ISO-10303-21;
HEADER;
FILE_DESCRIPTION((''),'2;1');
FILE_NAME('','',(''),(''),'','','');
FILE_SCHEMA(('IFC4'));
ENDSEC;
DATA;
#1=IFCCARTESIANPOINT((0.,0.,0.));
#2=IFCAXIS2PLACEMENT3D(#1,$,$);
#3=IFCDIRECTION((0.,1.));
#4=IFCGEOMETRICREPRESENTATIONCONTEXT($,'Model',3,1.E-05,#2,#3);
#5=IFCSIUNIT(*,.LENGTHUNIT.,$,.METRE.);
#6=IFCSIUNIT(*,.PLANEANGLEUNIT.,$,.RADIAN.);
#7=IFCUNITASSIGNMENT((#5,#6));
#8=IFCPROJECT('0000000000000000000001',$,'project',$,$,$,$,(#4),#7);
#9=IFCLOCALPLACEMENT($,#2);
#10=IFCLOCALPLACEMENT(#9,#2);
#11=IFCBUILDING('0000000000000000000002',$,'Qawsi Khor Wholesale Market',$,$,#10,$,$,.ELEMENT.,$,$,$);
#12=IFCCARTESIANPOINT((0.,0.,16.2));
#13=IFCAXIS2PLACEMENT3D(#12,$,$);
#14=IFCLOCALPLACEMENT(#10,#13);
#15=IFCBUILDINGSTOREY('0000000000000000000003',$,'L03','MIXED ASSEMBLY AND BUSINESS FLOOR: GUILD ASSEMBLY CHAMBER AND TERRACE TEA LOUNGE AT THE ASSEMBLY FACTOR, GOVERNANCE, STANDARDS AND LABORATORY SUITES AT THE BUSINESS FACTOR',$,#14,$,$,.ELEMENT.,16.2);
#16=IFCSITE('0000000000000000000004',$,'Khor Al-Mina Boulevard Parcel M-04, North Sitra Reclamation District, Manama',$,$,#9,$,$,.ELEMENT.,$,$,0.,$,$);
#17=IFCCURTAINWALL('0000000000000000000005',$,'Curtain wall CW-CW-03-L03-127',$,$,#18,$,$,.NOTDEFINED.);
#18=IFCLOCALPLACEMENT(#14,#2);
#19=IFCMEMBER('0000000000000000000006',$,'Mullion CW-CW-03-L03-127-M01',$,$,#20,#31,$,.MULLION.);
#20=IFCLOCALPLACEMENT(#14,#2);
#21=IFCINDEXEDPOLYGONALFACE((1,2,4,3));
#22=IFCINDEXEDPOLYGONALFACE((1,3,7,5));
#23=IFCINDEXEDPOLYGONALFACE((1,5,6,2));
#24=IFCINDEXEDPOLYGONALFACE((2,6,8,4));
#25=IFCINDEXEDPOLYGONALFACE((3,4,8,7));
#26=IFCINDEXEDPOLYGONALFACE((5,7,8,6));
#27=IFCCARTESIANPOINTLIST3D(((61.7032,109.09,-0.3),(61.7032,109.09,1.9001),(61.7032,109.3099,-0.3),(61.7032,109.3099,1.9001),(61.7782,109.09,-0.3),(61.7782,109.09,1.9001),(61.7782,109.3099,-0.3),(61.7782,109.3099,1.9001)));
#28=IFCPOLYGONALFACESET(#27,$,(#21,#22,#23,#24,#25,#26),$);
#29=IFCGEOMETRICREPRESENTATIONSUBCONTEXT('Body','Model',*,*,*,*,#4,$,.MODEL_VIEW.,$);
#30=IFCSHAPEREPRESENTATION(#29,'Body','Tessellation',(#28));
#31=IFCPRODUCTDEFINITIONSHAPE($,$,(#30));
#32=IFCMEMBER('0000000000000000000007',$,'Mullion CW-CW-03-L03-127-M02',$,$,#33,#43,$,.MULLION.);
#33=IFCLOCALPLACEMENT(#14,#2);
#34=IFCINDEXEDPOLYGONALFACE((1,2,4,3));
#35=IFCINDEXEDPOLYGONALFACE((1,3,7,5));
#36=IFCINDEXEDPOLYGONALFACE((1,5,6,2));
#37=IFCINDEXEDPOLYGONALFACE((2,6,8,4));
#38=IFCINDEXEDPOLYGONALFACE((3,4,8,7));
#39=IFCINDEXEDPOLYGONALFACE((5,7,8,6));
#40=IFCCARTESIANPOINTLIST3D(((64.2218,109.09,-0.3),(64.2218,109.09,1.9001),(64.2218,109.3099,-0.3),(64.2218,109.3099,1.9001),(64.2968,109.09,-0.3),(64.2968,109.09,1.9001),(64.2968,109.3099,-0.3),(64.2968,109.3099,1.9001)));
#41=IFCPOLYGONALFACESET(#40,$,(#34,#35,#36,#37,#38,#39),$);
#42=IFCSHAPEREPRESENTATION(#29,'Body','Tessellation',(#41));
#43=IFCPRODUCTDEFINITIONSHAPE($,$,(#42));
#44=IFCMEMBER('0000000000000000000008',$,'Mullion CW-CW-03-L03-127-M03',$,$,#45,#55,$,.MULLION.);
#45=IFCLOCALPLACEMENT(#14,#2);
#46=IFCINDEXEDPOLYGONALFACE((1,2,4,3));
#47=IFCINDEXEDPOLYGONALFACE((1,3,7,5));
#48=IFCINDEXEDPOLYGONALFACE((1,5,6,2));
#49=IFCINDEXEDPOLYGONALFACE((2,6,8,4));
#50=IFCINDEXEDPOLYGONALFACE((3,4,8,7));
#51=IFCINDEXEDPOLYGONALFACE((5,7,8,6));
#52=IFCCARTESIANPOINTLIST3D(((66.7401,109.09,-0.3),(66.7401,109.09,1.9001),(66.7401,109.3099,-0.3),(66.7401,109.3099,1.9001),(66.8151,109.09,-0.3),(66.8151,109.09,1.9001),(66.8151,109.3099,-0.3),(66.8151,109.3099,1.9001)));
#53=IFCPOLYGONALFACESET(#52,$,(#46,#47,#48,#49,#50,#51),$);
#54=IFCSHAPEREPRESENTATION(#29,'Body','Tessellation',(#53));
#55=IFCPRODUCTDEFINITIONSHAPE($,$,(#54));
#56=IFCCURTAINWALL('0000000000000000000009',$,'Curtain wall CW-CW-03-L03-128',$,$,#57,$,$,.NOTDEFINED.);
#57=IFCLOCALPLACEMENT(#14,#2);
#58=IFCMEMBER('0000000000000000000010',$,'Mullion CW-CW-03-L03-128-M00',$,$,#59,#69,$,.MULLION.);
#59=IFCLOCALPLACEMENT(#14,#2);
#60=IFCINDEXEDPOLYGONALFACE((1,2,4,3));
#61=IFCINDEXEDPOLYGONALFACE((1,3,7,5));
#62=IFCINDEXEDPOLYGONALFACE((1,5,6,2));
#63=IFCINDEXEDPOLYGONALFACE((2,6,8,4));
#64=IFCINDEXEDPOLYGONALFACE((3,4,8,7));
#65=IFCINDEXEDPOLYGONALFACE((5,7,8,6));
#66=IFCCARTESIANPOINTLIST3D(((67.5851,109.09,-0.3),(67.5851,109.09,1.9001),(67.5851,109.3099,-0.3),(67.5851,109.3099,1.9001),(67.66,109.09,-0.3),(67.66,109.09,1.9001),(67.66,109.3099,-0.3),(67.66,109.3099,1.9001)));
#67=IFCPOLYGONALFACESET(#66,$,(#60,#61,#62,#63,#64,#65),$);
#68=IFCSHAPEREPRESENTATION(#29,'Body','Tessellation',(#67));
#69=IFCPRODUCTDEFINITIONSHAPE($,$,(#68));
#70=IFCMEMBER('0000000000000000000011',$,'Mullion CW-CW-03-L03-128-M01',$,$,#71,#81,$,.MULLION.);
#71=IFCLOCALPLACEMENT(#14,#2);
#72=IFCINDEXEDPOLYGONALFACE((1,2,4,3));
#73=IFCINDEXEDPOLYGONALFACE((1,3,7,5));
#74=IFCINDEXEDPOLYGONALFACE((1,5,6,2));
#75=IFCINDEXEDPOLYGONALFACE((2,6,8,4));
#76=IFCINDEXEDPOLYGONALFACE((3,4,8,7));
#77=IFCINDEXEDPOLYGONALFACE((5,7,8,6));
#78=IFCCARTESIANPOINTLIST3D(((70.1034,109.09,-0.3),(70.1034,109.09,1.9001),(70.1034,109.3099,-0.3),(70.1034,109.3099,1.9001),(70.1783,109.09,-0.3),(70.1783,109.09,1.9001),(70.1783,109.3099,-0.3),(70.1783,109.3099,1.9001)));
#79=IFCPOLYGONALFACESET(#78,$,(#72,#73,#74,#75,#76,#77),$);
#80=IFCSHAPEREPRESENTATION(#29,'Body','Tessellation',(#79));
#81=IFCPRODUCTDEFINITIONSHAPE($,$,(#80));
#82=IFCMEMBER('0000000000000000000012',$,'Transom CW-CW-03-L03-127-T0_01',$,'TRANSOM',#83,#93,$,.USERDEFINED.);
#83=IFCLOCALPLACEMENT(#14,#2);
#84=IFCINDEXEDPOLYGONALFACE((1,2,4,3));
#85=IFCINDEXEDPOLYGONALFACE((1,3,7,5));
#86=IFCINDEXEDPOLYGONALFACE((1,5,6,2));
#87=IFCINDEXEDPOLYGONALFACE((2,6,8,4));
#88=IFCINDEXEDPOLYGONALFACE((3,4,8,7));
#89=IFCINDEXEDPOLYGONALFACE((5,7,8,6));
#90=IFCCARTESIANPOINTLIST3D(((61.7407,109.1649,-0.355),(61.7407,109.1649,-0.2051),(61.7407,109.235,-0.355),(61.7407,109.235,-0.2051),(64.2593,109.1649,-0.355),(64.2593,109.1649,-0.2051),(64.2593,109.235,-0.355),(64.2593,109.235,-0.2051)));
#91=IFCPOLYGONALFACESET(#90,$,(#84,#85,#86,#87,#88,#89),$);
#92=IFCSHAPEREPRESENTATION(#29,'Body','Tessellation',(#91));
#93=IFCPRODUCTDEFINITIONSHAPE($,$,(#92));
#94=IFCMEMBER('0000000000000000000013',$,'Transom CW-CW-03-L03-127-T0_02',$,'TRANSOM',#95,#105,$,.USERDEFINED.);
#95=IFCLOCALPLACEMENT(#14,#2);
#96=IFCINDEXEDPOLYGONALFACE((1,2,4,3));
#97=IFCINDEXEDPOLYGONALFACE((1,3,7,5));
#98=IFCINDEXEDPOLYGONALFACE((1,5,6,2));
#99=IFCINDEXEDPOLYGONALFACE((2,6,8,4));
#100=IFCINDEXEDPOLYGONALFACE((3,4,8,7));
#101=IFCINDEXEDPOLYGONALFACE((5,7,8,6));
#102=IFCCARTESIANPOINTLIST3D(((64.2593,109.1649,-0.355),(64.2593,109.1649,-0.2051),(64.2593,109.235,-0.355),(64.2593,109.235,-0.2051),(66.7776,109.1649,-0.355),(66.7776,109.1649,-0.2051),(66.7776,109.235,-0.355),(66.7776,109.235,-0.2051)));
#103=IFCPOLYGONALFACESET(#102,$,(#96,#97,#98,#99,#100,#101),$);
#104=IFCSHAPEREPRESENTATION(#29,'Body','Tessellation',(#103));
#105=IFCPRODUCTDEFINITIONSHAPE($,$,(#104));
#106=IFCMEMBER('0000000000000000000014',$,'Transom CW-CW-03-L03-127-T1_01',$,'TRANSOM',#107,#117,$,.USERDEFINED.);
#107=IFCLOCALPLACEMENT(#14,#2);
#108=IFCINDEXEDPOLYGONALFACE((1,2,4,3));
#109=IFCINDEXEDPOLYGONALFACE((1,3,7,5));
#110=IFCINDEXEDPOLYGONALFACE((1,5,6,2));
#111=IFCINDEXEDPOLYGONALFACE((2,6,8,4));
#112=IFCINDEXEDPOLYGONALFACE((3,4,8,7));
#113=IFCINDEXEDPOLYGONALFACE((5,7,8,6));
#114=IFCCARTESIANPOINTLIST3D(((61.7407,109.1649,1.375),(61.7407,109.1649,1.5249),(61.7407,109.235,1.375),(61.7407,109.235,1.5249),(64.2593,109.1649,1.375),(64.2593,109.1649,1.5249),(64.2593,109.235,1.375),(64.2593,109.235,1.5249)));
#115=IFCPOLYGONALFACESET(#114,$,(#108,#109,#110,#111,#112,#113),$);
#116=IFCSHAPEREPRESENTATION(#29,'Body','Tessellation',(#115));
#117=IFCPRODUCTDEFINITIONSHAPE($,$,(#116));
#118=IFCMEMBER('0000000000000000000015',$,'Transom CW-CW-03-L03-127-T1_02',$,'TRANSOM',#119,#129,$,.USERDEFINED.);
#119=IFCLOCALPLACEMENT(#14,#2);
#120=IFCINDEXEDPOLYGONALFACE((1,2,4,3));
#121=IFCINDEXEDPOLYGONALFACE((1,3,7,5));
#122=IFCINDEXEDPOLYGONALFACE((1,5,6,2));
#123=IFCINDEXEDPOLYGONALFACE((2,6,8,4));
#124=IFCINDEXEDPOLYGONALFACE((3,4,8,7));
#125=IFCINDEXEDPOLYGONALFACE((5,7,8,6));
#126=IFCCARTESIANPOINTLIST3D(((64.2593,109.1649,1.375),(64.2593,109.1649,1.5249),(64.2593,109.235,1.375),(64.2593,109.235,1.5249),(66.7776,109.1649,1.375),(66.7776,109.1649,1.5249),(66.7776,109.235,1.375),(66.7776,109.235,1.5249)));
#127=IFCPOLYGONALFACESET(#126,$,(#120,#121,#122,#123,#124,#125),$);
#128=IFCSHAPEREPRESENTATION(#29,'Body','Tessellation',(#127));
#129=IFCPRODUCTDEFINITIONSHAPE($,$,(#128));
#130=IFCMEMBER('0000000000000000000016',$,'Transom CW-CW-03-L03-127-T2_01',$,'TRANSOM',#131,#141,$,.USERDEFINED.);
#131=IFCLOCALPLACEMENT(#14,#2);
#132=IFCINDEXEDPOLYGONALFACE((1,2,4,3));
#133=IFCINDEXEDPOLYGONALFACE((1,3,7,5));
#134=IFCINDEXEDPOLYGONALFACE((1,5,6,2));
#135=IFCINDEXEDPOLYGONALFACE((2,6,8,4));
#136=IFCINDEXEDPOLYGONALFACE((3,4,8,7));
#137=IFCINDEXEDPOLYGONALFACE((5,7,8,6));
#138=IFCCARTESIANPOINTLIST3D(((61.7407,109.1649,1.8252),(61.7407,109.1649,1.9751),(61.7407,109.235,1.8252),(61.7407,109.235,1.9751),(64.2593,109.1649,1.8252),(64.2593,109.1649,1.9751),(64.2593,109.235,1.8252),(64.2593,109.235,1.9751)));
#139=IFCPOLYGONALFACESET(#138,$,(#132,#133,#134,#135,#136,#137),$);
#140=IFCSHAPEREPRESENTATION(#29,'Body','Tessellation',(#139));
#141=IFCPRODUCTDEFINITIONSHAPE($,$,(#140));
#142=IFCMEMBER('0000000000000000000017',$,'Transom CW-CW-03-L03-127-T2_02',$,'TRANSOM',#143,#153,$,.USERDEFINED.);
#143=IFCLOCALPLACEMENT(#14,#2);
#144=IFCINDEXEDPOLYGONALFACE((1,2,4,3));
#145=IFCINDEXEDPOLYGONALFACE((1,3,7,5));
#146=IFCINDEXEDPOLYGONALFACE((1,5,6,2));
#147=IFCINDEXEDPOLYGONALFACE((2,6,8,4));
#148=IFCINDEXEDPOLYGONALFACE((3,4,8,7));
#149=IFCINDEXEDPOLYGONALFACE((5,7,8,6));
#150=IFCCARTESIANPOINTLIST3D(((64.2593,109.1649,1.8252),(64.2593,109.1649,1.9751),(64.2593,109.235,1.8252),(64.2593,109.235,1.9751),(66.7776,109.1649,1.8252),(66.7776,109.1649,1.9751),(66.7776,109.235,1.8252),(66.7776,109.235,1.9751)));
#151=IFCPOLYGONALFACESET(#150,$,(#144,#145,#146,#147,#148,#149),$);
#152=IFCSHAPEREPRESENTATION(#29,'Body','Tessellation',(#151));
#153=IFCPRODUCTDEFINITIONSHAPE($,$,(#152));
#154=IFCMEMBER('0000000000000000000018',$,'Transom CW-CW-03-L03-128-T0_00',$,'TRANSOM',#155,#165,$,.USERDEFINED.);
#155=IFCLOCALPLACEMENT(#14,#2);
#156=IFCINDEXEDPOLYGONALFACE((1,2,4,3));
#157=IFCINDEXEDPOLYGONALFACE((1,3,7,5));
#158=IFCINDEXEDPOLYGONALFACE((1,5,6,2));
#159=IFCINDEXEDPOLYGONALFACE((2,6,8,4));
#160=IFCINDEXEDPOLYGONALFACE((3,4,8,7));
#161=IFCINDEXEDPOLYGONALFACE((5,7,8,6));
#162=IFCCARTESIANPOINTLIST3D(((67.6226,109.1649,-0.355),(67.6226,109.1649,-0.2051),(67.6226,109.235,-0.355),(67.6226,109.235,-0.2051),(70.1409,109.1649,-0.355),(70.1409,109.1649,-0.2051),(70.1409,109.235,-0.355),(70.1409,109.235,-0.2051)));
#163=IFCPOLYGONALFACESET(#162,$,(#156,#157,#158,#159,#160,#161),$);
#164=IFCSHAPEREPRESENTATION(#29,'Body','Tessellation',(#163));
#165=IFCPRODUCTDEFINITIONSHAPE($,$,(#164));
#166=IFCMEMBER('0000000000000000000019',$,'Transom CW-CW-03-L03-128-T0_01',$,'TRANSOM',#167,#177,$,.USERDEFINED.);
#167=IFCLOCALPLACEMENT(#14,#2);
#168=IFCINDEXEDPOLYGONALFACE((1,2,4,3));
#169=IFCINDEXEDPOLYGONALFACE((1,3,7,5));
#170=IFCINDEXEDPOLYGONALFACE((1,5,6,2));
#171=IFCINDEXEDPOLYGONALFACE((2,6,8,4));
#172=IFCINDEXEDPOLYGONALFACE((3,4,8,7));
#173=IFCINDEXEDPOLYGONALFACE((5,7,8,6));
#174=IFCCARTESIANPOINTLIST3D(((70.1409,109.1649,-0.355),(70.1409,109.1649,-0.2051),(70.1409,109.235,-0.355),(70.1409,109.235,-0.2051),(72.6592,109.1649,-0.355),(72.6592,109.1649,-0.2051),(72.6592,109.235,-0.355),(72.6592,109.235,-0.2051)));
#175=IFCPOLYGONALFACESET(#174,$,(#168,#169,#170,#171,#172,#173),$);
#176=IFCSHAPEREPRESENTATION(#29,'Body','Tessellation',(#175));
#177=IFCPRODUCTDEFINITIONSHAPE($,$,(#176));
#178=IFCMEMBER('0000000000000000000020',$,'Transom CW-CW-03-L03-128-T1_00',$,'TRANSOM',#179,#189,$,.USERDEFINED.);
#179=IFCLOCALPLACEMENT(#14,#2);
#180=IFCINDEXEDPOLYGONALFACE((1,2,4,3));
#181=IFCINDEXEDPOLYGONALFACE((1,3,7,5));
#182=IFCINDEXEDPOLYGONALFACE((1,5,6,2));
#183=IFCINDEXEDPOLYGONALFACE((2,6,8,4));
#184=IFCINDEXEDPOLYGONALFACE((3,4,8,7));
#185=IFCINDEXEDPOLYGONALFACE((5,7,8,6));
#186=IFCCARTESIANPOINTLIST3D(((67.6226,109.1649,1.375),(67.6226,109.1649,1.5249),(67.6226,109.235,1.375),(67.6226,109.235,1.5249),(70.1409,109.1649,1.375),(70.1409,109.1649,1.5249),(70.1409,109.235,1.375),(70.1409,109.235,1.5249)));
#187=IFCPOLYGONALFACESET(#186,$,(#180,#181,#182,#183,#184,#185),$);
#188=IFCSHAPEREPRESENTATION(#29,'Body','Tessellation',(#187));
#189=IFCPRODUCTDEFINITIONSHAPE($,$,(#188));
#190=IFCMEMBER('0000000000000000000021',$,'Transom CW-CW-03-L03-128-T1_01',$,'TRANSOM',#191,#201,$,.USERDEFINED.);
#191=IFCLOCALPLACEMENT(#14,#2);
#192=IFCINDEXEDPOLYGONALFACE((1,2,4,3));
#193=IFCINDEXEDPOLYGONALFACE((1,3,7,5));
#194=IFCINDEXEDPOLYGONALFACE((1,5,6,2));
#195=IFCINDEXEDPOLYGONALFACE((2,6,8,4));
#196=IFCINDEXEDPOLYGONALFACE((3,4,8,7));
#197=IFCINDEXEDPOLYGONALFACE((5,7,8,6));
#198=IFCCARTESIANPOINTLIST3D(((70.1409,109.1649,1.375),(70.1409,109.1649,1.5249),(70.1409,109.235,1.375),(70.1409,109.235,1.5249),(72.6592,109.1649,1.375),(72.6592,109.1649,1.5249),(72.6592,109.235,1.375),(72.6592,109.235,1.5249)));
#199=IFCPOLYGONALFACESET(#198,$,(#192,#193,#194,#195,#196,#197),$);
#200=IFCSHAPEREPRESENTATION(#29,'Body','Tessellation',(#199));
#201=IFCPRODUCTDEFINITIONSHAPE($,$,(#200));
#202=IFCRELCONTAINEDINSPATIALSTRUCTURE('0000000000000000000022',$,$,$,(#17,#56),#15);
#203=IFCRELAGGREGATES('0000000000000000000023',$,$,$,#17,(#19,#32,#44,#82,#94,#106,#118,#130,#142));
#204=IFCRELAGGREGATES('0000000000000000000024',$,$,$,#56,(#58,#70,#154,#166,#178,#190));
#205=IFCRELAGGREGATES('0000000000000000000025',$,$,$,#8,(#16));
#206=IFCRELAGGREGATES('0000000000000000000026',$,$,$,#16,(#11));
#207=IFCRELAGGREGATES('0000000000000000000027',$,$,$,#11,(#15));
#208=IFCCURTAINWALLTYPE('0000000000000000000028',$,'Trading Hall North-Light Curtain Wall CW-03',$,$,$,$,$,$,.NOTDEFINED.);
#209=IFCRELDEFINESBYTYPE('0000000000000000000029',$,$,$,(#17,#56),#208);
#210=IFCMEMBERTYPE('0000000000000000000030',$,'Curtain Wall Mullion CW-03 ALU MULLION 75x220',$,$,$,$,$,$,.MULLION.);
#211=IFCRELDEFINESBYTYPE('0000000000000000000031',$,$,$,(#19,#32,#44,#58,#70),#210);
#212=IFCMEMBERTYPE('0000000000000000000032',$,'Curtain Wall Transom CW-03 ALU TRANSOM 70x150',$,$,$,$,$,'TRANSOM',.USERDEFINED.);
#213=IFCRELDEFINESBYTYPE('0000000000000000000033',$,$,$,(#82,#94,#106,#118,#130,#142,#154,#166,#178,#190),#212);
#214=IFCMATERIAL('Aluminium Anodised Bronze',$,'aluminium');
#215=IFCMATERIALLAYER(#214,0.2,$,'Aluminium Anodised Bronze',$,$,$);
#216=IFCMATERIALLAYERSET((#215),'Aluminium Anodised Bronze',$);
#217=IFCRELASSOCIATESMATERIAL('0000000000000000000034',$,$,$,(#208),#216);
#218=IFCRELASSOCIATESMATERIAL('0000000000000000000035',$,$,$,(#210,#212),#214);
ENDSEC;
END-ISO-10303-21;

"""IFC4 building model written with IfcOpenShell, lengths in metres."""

from ifc_helpers import new_model, si_unit, direction, frame, origin, origin_2d, place, context, subcontext, project, spatial, rectangle, extrude, material, layer, layer_set, material_profile, profile_set, type_object, element, aggregate, save


model = new_model("IFC4")

# Units and contexts
model_context = context("Model", 3, precision=1e-05, world=origin(), true_north=direction((0.0, 1.0)))
body_context = subcontext(model_context, "Body", "Model", "MODEL_VIEW")
ifc_project = project(units=[si_unit("LENGTHUNIT", "METRE"), si_unit("PLANEANGLEUNIT", "RADIAN")], contexts=[model_context])

# Site, building, storey
site_placement = place(None, origin())
site = spatial("IfcSite", under=ifc_project, at=site_placement, Name="Khor Al-Mina Boulevard Parcel M-04, North Sitra Reclamation District, Manama", CompositionType="ELEMENT", RefElevation=0.0)
building_placement = place(site_placement, origin())
building = spatial("IfcBuilding", under=site, at=building_placement, Name="Qawsi Khor Wholesale Market", CompositionType="ELEMENT")
storey_placement = place(building_placement, frame((0.0, 0.0, 16.2)))
storey = spatial("IfcBuildingStorey", under=building, at=storey_placement, Name="L03", Description="MIXED ASSEMBLY AND BUSINESS FLOOR: GUILD ASSEMBLY CHAMBER AND TERRACE TEA LOUNGE AT THE ASSEMBLY FACTOR, GOVERNANCE, STANDARDS AND LABORATORY SUITES AT THE BUSINESS FACTOR", CompositionType="ELEMENT", Elevation=16.2)

# Curtain walls, members
ifc_material_1 = material(Name="Aluminium Anodised Bronze", Category="aluminium")
ifc_layer_1 = layer(ifc_material_1, 0.2, Name="Aluminium Anodised Bronze")
ifc_layer_set_1 = layer_set([ifc_layer_1], Name="Aluminium Anodised Bronze")
curtain_wall_type = type_object("IfcCurtainWallType", Name="Trading Hall North-Light Curtain Wall CW-03", PredefinedType="NOTDEFINED", material=ifc_layer_set_1)
curtain_wall_1_placement = place(storey_placement, origin())
curtain_wall_1 = element("IfcCurtainWall", 1, at=curtain_wall_1_placement, inside=storey, type_object=curtain_wall_type, Name="Curtain wall CW-CW-03-L03-127", PredefinedType="NOTDEFINED")
ifc_material_profile_1 = material_profile(ifc_material_1, rectangle(XDim=0.075, YDim=0.22, at=origin_2d()), Name="ALU MULLION 75x220")
ifc_profile_set_1 = profile_set([ifc_material_profile_1], Name="Aluminium Anodised Bronze")
member_type_1 = type_object("IfcMemberType", Name="Curtain Wall Mullion CW-03 ALU MULLION 75x220", PredefinedType="MULLION", material=ifc_profile_set_1)
member_1_placement = place(storey_placement, frame((61.7407, 109.2, -0.3), z_axis=(0.0, 0.0, 1.0), x_axis=(1.0, 0.0, 0.0)))
member_1 = element("IfcMember", 2, at=member_1_placement, type_object=member_type_1, Name="Mullion CW-CW-03-L03-127-M01", PredefinedType="MULLION", context=body_context, shape_type="SweptSolid", body=[
    extrude(rectangle(XDim=0.075, YDim=0.22, at=origin_2d()), origin(), (0.0, 0.0, 1.0), 2.2002),
])
member_2_placement = place(storey_placement, frame((64.2593, 109.2, -0.3), z_axis=(0.0, 0.0, 1.0), x_axis=(1.0, 0.0, 0.0)))
member_2 = element("IfcMember", 3, at=member_2_placement, type_object=member_type_1, Name="Mullion CW-CW-03-L03-127-M02", PredefinedType="MULLION", context=body_context, shape_type="SweptSolid", body=[
    extrude(rectangle(XDim=0.075, YDim=0.22, at=origin_2d()), origin(), (0.0, 0.0, 1.0), 2.2002),
])
member_3_placement = place(storey_placement, frame((66.7776, 109.2, -0.3), z_axis=(0.0, 0.0, 1.0), x_axis=(1.0, 0.0, 0.0)))
member_3 = element("IfcMember", 4, at=member_3_placement, type_object=member_type_1, Name="Mullion CW-CW-03-L03-127-M03", PredefinedType="MULLION", context=body_context, shape_type="SweptSolid", body=[
    extrude(rectangle(XDim=0.075, YDim=0.22, at=origin_2d()), origin(), (0.0, 0.0, 1.0), 2.2002),
])
curtain_wall_2_placement = place(storey_placement, origin())
curtain_wall_2 = element("IfcCurtainWall", 5, at=curtain_wall_2_placement, inside=storey, type_object=curtain_wall_type, Name="Curtain wall CW-CW-03-L03-128", PredefinedType="NOTDEFINED")
member_4_placement = place(storey_placement, frame((67.6226, 109.2, -0.3), z_axis=(0.0, 0.0, 1.0), x_axis=(1.0, 0.0, 0.0)))
member_4 = element("IfcMember", 6, at=member_4_placement, type_object=member_type_1, Name="Mullion CW-CW-03-L03-128-M00", PredefinedType="MULLION", context=body_context, shape_type="SweptSolid", body=[
    extrude(rectangle(XDim=0.075, YDim=0.22, at=origin_2d()), origin(), (0.0, 0.0, 1.0), 2.2002),
])
member_5_placement = place(storey_placement, frame((70.1409, 109.2, -0.3), z_axis=(0.0, 0.0, 1.0), x_axis=(1.0, 0.0, 0.0)))
member_5 = element("IfcMember", 7, at=member_5_placement, type_object=member_type_1, Name="Mullion CW-CW-03-L03-128-M01", PredefinedType="MULLION", context=body_context, shape_type="SweptSolid", body=[
    extrude(rectangle(XDim=0.075, YDim=0.22, at=origin_2d()), origin(), (0.0, 0.0, 1.0), 2.2002),
])

# Members
ifc_material_profile_2 = material_profile(ifc_material_1, rectangle(XDim=0.0701, YDim=0.1499, at=origin_2d()), Name="ALU TRANSOM 70x150")
ifc_profile_set_2 = profile_set([ifc_material_profile_2], Name="Aluminium Anodised Bronze")
member_type_2 = type_object("IfcMemberType", Name="Curtain Wall Transom CW-03 ALU TRANSOM 70x150", ElementType="TRANSOM", PredefinedType="USERDEFINED", material=ifc_profile_set_2)
member_6_placement = place(storey_placement, frame((61.7407, 109.2, -0.28), z_axis=(1.0, 0.0, 0.0), x_axis=(0.0, 1.0, 0.0)))
member_6 = element("IfcMember", 8, at=member_6_placement, type_object=member_type_2, Name="Transom CW-CW-03-L03-127-T0_01", ObjectType="TRANSOM", PredefinedType="USERDEFINED", context=body_context, shape_type="SweptSolid", body=[
    extrude(rectangle(XDim=0.0701, YDim=0.1499, at=origin_2d()), origin(), (0.0, 0.0, 1.0), 2.5186),
])
member_7_placement = place(storey_placement, frame((64.2593, 109.2, -0.28), z_axis=(1.0, 0.0, 0.0), x_axis=(0.0, 1.0, 0.0)))
member_7 = element("IfcMember", 9, at=member_7_placement, type_object=member_type_2, Name="Transom CW-CW-03-L03-127-T0_02", ObjectType="TRANSOM", PredefinedType="USERDEFINED", context=body_context, shape_type="SweptSolid", body=[
    extrude(rectangle(XDim=0.0701, YDim=0.1499, at=origin_2d()), origin(), (0.0, 0.0, 1.0), 2.5183),
])
member_8_placement = place(storey_placement, frame((61.7407, 109.2, 1.45), z_axis=(1.0, 0.0, 0.0), x_axis=(0.0, 1.0, 0.0)))
member_8 = element("IfcMember", 10, at=member_8_placement, type_object=member_type_2, Name="Transom CW-CW-03-L03-127-T1_01", ObjectType="TRANSOM", PredefinedType="USERDEFINED", context=body_context, shape_type="SweptSolid", body=[
    extrude(rectangle(XDim=0.0701, YDim=0.1499, at=origin_2d()), origin(), (0.0, 0.0, 1.0), 2.5186),
])
member_9_placement = place(storey_placement, frame((64.2593, 109.2, 1.45), z_axis=(1.0, 0.0, 0.0), x_axis=(0.0, 1.0, 0.0)))
member_9 = element("IfcMember", 11, at=member_9_placement, type_object=member_type_2, Name="Transom CW-CW-03-L03-127-T1_02", ObjectType="TRANSOM", PredefinedType="USERDEFINED", context=body_context, shape_type="SweptSolid", body=[
    extrude(rectangle(XDim=0.0701, YDim=0.1499, at=origin_2d()), origin(), (0.0, 0.0, 1.0), 2.5183),
])
member_10_placement = place(storey_placement, frame((61.7407, 109.2, 1.9001), z_axis=(1.0, 0.0, 0.0), x_axis=(0.0, 1.0, 0.0)))
member_10 = element("IfcMember", 12, at=member_10_placement, type_object=member_type_2, Name="Transom CW-CW-03-L03-127-T2_01", ObjectType="TRANSOM", PredefinedType="USERDEFINED", context=body_context, shape_type="SweptSolid", body=[
    extrude(rectangle(XDim=0.0701, YDim=0.1499, at=origin_2d()), origin(), (0.0, 0.0, 1.0), 2.5186),
])
member_11_placement = place(storey_placement, frame((64.2593, 109.2, 1.9001), z_axis=(1.0, 0.0, 0.0), x_axis=(0.0, 1.0, 0.0)))
member_11 = element("IfcMember", 13, at=member_11_placement, type_object=member_type_2, Name="Transom CW-CW-03-L03-127-T2_02", ObjectType="TRANSOM", PredefinedType="USERDEFINED", context=body_context, shape_type="SweptSolid", body=[
    extrude(rectangle(XDim=0.0701, YDim=0.1499, at=origin_2d()), origin(), (0.0, 0.0, 1.0), 2.5183),
])
member_12_placement = place(storey_placement, frame((67.6226, 109.2, -0.28), z_axis=(1.0, 0.0, 0.0), x_axis=(0.0, 1.0, 0.0)))
member_12 = element("IfcMember", 14, at=member_12_placement, type_object=member_type_2, Name="Transom CW-CW-03-L03-128-T0_00", ObjectType="TRANSOM", PredefinedType="USERDEFINED", context=body_context, shape_type="SweptSolid", body=[
    extrude(rectangle(XDim=0.0701, YDim=0.1499, at=origin_2d()), origin(), (0.0, 0.0, 1.0), 2.5183),
])
member_13_placement = place(storey_placement, frame((70.1409, 109.2, -0.28), z_axis=(1.0, 0.0, 0.0), x_axis=(0.0, 1.0, 0.0)))
member_13 = element("IfcMember", 15, at=member_13_placement, type_object=member_type_2, Name="Transom CW-CW-03-L03-128-T0_01", ObjectType="TRANSOM", PredefinedType="USERDEFINED", context=body_context, shape_type="SweptSolid", body=[
    extrude(rectangle(XDim=0.0701, YDim=0.1499, at=origin_2d()), origin(), (0.0, 0.0, 1.0), 2.5183),
])
member_14_placement = place(storey_placement, frame((67.6226, 109.2, 1.45), z_axis=(1.0, 0.0, 0.0), x_axis=(0.0, 1.0, 0.0)))
member_14 = element("IfcMember", 16, at=member_14_placement, type_object=member_type_2, Name="Transom CW-CW-03-L03-128-T1_00", ObjectType="TRANSOM", PredefinedType="USERDEFINED", context=body_context, shape_type="SweptSolid", body=[
    extrude(rectangle(XDim=0.0701, YDim=0.1499, at=origin_2d()), origin(), (0.0, 0.0, 1.0), 2.5183),
])
member_15_placement = place(storey_placement, frame((70.1409, 109.2, 1.45), z_axis=(1.0, 0.0, 0.0), x_axis=(0.0, 1.0, 0.0)))
member_15 = element("IfcMember", 17, at=member_15_placement, type_object=member_type_2, Name="Transom CW-CW-03-L03-128-T1_01", ObjectType="TRANSOM", PredefinedType="USERDEFINED", context=body_context, shape_type="SweptSolid", body=[
    extrude(rectangle(XDim=0.0701, YDim=0.1499, at=origin_2d()), origin(), (0.0, 0.0, 1.0), 2.5183),
])

aggregate(curtain_wall_1, [member_1, member_2, member_3, member_6, member_7, member_8, member_9, member_10, member_11])
aggregate(curtain_wall_2, [member_4, member_5, member_12, member_13, member_14, member_15])

save(model, "model.ifc")
